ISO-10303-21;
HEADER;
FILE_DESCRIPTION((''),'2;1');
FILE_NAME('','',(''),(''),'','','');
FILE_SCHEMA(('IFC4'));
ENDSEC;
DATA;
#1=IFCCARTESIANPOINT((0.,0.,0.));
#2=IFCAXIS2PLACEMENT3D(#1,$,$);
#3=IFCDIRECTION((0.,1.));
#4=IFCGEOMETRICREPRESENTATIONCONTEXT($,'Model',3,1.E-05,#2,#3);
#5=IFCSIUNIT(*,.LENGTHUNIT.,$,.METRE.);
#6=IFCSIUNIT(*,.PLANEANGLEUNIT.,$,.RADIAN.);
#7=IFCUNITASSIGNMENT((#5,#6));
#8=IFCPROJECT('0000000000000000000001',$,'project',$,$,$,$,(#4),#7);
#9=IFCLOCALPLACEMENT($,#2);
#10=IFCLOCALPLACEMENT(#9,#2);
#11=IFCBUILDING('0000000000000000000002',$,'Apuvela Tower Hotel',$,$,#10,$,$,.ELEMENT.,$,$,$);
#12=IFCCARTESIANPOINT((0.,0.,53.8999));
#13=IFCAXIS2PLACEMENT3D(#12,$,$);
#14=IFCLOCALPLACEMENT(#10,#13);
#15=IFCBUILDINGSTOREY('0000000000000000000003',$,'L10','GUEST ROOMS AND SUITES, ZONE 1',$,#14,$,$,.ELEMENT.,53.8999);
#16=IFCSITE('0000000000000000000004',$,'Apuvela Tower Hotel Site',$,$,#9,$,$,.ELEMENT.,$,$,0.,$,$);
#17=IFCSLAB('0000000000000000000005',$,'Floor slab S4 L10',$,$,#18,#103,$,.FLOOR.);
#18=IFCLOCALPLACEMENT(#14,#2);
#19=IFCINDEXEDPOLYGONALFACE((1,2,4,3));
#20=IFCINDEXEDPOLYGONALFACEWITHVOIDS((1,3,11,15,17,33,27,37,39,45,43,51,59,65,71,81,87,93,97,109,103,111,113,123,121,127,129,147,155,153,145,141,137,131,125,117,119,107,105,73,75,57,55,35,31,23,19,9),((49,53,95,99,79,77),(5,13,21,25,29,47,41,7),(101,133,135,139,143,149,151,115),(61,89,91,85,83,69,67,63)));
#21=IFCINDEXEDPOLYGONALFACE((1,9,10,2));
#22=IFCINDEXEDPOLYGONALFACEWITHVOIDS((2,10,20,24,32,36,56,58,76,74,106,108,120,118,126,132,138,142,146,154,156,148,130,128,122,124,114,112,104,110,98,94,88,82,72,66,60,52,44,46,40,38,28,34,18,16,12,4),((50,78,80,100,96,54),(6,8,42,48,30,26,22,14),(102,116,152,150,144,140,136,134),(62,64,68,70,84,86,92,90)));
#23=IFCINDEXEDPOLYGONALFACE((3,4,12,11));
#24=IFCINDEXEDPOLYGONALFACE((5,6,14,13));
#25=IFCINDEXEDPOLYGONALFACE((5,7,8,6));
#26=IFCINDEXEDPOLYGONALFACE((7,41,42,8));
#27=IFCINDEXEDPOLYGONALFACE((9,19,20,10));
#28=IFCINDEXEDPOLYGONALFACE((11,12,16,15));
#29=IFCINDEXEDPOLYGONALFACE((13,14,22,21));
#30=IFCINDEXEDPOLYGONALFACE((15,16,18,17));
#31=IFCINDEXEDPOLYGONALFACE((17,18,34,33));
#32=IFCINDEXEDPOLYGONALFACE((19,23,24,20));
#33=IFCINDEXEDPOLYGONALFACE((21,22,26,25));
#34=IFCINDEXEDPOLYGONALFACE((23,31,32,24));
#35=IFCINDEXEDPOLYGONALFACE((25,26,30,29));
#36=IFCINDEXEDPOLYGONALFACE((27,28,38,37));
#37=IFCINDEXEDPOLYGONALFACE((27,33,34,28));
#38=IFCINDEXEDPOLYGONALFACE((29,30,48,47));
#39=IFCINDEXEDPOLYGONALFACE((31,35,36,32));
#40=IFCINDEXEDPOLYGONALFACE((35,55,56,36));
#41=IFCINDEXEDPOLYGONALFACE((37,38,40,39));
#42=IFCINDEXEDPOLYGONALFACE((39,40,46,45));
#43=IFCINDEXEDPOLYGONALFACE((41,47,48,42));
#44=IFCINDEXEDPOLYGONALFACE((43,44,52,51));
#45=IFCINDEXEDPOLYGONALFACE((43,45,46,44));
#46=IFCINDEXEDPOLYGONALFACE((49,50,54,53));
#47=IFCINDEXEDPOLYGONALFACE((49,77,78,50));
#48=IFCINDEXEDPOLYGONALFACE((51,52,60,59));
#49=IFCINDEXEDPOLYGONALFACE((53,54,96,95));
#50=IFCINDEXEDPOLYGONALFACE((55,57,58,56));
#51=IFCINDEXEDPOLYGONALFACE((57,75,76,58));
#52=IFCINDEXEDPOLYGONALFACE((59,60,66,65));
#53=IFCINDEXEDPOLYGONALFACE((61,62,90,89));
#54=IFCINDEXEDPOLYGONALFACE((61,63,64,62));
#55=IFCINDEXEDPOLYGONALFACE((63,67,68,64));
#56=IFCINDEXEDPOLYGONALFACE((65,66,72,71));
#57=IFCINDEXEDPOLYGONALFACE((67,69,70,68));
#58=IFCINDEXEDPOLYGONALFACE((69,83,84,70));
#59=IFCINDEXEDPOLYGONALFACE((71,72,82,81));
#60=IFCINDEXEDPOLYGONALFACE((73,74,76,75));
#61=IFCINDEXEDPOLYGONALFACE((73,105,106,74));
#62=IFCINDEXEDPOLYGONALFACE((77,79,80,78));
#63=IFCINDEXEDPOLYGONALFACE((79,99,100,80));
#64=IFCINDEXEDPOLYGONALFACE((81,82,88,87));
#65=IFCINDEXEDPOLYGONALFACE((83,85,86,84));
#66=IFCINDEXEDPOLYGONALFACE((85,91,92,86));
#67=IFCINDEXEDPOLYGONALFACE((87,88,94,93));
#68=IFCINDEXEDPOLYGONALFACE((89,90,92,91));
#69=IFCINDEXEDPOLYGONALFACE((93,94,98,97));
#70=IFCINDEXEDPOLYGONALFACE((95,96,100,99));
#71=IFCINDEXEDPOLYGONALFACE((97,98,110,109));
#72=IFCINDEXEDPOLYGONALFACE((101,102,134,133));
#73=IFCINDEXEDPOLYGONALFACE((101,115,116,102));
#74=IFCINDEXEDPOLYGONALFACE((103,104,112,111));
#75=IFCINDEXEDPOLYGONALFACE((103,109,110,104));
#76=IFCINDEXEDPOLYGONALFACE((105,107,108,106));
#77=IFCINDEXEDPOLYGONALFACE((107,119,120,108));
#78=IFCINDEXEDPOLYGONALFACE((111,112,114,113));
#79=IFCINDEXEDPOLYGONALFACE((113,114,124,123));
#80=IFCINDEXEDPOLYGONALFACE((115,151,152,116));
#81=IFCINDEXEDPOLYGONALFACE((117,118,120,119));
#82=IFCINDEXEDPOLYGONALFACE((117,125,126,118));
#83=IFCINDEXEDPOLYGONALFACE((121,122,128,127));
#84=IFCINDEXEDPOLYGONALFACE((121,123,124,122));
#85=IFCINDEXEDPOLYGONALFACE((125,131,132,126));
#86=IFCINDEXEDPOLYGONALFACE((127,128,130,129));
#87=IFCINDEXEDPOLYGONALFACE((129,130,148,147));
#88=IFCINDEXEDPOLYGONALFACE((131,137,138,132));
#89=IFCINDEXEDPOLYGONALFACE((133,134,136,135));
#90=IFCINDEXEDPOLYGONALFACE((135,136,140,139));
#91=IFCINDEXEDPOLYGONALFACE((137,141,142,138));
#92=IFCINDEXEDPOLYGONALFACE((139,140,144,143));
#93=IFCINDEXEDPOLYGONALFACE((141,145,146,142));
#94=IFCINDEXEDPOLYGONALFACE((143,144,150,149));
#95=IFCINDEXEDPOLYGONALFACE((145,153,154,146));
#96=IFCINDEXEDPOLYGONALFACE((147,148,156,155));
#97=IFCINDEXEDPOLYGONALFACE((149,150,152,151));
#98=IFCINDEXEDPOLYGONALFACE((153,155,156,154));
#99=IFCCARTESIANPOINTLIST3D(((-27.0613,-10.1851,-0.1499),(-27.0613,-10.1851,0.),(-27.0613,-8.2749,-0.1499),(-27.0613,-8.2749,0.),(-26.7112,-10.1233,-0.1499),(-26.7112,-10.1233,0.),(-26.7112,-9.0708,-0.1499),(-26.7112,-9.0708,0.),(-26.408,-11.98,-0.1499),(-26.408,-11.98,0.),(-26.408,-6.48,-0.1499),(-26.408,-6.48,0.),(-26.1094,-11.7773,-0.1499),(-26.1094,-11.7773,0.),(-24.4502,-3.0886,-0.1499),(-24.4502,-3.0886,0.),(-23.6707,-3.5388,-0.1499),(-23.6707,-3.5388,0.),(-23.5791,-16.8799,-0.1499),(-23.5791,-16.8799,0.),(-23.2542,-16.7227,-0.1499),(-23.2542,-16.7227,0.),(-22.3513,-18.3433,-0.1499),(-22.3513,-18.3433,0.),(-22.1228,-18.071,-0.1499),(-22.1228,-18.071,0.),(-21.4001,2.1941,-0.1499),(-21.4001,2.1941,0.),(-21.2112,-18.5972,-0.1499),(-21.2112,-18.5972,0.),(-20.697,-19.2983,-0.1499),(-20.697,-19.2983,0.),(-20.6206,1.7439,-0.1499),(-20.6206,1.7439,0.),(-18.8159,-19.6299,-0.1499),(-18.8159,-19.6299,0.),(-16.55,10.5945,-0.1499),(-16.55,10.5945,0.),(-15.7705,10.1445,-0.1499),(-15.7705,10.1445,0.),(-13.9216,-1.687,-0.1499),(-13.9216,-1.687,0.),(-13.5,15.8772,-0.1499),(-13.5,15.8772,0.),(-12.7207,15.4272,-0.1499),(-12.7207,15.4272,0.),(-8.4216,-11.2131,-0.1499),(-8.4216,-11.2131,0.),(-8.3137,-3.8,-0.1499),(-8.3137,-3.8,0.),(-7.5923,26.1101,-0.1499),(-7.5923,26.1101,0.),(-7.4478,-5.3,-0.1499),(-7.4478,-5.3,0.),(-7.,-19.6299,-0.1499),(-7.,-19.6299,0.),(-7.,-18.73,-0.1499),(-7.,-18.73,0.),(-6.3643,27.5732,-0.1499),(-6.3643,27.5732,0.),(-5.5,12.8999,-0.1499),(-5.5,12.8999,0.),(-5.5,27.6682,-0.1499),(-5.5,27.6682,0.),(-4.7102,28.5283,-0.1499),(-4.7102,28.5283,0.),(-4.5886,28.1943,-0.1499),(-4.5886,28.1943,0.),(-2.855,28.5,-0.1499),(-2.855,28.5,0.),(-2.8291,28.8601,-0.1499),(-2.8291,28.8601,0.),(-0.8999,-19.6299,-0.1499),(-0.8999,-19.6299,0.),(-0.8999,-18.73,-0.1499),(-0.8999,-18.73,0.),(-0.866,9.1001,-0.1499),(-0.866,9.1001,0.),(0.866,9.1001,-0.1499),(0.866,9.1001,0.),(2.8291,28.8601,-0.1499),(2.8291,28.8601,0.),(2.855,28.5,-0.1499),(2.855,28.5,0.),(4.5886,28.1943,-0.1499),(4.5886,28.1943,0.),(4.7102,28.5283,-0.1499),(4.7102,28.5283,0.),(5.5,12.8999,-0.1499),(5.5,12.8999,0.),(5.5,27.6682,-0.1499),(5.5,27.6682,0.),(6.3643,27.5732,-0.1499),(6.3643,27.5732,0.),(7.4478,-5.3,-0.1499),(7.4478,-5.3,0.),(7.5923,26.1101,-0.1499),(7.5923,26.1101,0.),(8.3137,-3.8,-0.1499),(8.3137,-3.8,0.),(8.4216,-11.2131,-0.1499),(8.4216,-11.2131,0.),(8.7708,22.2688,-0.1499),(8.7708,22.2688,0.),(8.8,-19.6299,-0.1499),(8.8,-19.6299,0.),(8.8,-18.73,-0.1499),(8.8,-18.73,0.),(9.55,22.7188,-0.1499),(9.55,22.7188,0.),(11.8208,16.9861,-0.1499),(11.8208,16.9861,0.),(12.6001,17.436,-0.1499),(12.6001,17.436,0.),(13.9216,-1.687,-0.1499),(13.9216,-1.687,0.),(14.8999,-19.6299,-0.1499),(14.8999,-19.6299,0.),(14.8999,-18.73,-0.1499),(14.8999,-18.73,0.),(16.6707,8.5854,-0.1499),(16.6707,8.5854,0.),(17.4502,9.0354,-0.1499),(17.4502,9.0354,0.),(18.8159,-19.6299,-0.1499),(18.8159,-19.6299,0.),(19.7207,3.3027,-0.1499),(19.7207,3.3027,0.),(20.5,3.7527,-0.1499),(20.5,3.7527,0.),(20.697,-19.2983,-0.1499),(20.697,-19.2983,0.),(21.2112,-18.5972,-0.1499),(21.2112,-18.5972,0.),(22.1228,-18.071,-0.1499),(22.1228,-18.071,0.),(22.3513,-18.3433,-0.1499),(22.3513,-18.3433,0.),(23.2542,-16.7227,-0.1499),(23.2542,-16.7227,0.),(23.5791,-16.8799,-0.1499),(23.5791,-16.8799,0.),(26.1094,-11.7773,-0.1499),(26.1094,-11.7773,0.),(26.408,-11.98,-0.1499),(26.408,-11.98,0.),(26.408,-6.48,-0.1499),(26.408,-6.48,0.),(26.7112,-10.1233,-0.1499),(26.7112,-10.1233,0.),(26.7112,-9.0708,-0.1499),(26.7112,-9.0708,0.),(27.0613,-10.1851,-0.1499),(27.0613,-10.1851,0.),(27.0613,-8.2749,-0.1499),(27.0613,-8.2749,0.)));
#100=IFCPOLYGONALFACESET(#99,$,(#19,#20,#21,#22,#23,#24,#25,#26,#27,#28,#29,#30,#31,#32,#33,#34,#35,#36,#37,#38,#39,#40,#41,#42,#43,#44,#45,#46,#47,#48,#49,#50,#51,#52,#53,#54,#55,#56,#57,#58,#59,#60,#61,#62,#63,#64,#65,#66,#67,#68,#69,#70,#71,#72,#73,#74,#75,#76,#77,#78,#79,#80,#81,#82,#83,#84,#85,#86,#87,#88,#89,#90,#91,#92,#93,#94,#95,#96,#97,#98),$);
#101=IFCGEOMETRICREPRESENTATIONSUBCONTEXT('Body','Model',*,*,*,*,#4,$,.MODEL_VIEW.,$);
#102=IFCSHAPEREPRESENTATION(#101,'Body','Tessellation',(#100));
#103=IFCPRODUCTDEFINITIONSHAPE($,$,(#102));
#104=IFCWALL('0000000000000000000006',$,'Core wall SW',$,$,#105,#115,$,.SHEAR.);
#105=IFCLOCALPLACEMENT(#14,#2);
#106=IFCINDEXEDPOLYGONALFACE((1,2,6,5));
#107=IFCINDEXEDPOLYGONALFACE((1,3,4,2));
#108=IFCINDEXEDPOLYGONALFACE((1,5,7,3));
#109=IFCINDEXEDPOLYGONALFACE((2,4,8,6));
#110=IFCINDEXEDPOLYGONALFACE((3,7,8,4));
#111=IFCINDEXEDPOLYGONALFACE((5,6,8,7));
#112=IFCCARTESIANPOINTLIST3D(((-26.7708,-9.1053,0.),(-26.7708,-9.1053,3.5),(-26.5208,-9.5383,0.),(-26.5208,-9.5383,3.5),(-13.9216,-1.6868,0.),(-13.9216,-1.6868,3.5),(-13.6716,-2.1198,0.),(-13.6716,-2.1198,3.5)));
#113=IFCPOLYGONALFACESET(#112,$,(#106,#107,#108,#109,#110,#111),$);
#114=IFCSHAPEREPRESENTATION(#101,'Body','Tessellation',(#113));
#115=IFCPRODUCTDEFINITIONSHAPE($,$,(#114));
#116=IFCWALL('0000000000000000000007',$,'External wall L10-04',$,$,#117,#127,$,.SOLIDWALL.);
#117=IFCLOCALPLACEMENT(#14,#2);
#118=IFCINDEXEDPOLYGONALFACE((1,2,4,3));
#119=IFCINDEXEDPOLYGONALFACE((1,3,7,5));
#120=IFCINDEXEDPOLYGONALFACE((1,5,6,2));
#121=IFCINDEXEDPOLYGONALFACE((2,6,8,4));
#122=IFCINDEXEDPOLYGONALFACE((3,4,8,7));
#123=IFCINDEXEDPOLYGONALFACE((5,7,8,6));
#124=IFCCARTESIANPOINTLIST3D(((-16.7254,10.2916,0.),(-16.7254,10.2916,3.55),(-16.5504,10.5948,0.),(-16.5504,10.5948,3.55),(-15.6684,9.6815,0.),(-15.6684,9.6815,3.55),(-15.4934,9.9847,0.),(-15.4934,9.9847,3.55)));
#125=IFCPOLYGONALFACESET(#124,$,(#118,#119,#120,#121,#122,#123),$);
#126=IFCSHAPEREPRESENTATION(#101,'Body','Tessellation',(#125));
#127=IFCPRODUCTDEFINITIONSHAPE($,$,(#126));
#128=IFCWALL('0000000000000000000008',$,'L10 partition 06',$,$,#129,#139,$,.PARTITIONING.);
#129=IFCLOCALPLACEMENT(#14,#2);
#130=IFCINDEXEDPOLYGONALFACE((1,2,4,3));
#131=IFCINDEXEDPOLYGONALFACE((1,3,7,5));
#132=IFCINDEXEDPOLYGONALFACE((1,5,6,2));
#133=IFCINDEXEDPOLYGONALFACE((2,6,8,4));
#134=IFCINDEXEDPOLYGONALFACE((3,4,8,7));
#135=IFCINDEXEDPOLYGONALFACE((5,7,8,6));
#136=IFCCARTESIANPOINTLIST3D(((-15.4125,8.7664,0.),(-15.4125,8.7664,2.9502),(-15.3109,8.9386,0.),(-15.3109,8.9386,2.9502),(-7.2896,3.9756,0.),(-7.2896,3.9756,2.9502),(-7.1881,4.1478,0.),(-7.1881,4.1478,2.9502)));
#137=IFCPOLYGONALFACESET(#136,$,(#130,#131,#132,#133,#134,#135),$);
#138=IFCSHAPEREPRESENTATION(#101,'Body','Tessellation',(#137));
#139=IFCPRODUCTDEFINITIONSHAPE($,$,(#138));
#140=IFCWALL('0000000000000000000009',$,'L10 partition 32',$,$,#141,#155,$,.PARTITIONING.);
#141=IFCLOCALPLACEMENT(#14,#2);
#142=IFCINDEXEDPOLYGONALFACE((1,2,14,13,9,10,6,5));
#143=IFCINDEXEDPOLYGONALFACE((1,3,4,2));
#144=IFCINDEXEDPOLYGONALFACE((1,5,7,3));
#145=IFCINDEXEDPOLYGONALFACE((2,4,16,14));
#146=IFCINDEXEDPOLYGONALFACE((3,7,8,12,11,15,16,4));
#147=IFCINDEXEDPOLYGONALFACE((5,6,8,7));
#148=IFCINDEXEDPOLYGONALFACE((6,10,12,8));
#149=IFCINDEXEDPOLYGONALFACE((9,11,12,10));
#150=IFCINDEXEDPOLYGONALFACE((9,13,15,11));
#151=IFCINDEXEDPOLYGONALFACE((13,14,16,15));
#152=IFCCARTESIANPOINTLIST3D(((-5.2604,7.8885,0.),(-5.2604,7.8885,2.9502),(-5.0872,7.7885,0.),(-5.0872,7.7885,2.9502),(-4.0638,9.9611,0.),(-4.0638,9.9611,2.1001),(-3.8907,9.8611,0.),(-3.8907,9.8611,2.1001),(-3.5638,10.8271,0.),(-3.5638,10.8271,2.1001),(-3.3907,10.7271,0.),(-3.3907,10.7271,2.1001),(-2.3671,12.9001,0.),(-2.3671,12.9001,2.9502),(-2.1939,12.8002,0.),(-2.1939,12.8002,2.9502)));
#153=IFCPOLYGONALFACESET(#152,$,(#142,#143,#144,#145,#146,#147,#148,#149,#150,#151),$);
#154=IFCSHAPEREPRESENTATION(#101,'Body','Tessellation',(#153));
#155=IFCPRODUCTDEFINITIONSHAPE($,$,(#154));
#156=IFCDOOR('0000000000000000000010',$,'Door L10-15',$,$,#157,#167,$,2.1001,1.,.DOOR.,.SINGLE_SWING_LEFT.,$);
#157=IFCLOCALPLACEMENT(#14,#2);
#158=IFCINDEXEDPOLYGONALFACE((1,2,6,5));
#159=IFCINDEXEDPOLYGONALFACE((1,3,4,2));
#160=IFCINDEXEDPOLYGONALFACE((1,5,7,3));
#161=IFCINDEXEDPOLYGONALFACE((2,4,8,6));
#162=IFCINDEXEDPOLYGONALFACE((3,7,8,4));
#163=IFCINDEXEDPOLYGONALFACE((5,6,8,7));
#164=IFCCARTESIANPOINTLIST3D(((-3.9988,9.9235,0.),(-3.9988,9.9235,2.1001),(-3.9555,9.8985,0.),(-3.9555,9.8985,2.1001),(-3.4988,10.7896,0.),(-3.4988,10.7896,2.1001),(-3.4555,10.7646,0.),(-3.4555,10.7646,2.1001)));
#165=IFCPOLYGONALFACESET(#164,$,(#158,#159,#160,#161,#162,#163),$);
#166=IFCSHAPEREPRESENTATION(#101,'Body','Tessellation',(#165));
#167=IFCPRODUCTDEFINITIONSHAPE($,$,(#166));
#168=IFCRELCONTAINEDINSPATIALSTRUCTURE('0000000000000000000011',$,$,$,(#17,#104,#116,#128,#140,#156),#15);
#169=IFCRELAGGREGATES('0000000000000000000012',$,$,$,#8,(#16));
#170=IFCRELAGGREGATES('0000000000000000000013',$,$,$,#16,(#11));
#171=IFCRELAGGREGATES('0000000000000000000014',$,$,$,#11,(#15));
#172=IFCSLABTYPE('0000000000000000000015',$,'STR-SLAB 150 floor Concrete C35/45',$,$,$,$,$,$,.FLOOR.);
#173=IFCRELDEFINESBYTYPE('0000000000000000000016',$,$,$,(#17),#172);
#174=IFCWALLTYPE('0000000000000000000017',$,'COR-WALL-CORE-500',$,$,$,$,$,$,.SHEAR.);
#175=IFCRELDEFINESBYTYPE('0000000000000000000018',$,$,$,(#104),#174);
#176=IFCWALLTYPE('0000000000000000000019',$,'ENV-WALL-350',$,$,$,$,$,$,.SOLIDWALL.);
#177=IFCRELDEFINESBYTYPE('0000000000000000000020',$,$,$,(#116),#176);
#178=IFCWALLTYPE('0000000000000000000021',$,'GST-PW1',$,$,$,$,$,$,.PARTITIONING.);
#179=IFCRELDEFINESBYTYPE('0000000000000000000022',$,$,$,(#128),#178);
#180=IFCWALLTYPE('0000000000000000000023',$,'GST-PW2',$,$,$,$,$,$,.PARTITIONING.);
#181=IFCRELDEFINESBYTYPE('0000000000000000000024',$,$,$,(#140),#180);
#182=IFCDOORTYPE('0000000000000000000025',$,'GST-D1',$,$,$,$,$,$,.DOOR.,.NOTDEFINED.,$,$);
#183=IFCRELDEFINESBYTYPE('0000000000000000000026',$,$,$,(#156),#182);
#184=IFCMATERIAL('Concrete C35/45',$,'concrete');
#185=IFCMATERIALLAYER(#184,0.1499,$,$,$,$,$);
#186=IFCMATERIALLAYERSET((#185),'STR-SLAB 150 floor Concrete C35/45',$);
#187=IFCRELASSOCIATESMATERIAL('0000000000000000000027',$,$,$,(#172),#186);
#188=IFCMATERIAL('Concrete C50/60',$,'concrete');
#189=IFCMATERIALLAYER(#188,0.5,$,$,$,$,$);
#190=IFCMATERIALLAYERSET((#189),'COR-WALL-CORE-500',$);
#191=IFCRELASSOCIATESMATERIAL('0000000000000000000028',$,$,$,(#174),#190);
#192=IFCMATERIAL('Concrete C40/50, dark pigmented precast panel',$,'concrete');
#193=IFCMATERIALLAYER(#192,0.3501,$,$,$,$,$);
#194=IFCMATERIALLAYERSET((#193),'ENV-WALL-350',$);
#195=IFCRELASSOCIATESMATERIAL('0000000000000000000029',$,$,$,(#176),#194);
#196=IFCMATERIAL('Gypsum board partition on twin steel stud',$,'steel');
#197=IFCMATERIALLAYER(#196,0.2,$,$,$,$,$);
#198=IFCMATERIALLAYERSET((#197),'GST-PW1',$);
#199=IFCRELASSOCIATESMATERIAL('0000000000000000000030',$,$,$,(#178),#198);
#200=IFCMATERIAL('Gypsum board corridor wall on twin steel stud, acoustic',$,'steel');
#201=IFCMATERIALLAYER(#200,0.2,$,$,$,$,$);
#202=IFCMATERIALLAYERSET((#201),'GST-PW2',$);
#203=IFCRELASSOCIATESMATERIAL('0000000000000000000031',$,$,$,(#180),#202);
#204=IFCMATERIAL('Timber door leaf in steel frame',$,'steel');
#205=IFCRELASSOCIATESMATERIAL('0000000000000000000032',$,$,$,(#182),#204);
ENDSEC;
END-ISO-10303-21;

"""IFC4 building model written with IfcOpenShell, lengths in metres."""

from ifc_helpers import new_model, si_unit, direction, frame, frame_2d, origin, place, context, subcontext, project, spatial, polyline, rectangle, outline, extrude, material, layer, layer_set, type_object, element, fill, save


model = new_model("IFC4")

# Units and contexts
model_context = context("Model", 3, precision=1e-05, world=origin(), true_north=direction((0.0, 1.0)))
body_context = subcontext(model_context, "Body", "Model", "MODEL_VIEW")
ifc_project = project(units=[si_unit("LENGTHUNIT", "METRE"), si_unit("PLANEANGLEUNIT", "RADIAN")], contexts=[model_context])

# Site, building, storey
site_placement = place(None, origin())
site = spatial("IfcSite", under=ifc_project, at=site_placement, Name="Apuvela Tower Hotel Site", CompositionType="ELEMENT", RefElevation=0.0)
building_placement = place(site_placement, origin())
building = spatial("IfcBuilding", under=site, at=building_placement, Name="Apuvela Tower Hotel", CompositionType="ELEMENT")
storey_placement = place(building_placement, frame((0.0, 0.0, 53.8999)))
storey = spatial("IfcBuildingStorey", under=building, at=storey_placement, Name="L10", Description="GUEST ROOMS AND SUITES, ZONE 1", CompositionType="ELEMENT", Elevation=53.8999)

# Slab
ifc_material_1 = material(Name="Concrete C35/45", Category="concrete")
ifc_layer_1 = layer(ifc_material_1, 0.1499)
ifc_layer_set_1 = layer_set([ifc_layer_1], Name="STR-SLAB 150 floor Concrete C35/45")
slab_type_1 = type_object("IfcSlabType", Name="STR-SLAB 150 floor Concrete C35/45", PredefinedType="FLOOR", material=ifc_layer_set_1)
slab_1_placement = place(storey_placement, frame((0.0, 0.0, -0.1499)))
element("IfcSlab", 1, at=slab_1_placement, inside=storey, type_object=slab_type_1, Name="Floor slab S4 L10", PredefinedType="FLOOR", context=body_context, shape_type="SweptSolid", body=[
    extrude(outline(polyline([(-6.3643, 27.5732), (-4.7102, 28.5283), (-2.8291, 28.8601), (2.8291, 28.8601), (4.7102, 28.5283), (6.3643, 27.5732), (7.5923, 26.1101), (9.55, 22.7188), (8.7708, 22.2688), (11.8208, 16.9861), (12.6001, 17.436), (17.4502, 9.0354), (16.6707, 8.5854), (19.7207, 3.3027), (20.5, 3.7527), (26.408, -6.48), (27.0613, -8.2749), (27.0613, -10.1851), (26.408, -11.98), (23.5791, -16.8799), (22.3513, -18.3433), (20.697, -19.2983), (18.8159, -19.6299), (14.8999, -19.6299), (14.8999, -18.73), (8.8, -18.73), (8.8, -19.6299), (-0.8999, -19.6299), (-0.8999, -18.73), (-7.0, -18.73), (-7.0, -19.6299), (-18.8159, -19.6299), (-20.697, -19.2983), (-22.3513, -18.3433), (-23.5791, -16.8799), (-26.408, -11.98), (-27.0613, -10.1851), (-27.0613, -8.2749), (-26.408, -6.48), (-24.4502, -3.0886), (-23.6707, -3.5388), (-20.6206, 1.7439), (-21.4001, 2.1941), (-16.55, 10.5945), (-15.7705, 10.1445), (-12.7207, 15.4272), (-13.5, 15.8772), (-7.5923, 26.1101), (-6.3643, 27.5732)]), holes=[polyline([(0.866, 9.1001), (-0.866, 9.1001), (-8.3137, -3.8), (-7.4478, -5.3), (7.4478, -5.3), (8.3137, -3.8), (0.866, 9.1001)]), polyline([(-5.5, 12.8999), (-5.5, 27.6682), (-4.5886, 28.1943), (-2.855, 28.5), (2.855, 28.5), (4.5886, 28.1943), (5.5, 27.6682), (5.5, 12.8999), (-5.5, 12.8999)]), polyline([(-8.4216, -11.2131), (-21.2112, -18.5972), (-22.1228, -18.071), (-23.2542, -16.7227), (-26.1094, -11.7773), (-26.7112, -10.1233), (-26.7112, -9.0708), (-13.9216, -1.687), (-8.4216, -11.2131)]), polyline([(13.9216, -1.687), (26.7112, -9.0708), (26.7112, -10.1233), (26.1094, -11.7773), (23.2542, -16.7227), (22.1228, -18.071), (21.2112, -18.5972), (8.4216, -11.2131), (13.9216, -1.687)])]), origin(), (0.0, 0.0, 1.0), 0.1499),
])

# Walls
ifc_material_2 = material(Name="Concrete C50/60", Category="concrete")
ifc_layer_2 = layer(ifc_material_2, 0.5)
ifc_layer_set_2 = layer_set([ifc_layer_2], Name="COR-WALL-CORE-500")
wall_type_1 = type_object("IfcWallType", Name="COR-WALL-CORE-500", PredefinedType="SHEAR", material=ifc_layer_set_2)
wall_1_placement = place(storey_placement, frame((-13.7966, -1.9033, 0.0), z_axis=(0.0, 0.0, 1.0), x_axis=(-0.866025, -0.500001, 0.0)))
element("IfcWall", 2, at=wall_1_placement, inside=storey, type_object=wall_type_1, Name="Core wall SW", PredefinedType="SHEAR", context=body_context, shape_type="SweptSolid", body=[
    extrude(rectangle(XDim=14.8369, YDim=0.5, at=frame_2d((7.4185, 0.0))), origin(), (0.0, 0.0, 1.0), 3.5),
])
ifc_material_3 = material(Name="Concrete C40/50, dark pigmented precast panel", Category="concrete")
ifc_layer_3 = layer(ifc_material_3, 0.3501)
ifc_layer_set_3 = layer_set([ifc_layer_3], Name="ENV-WALL-350")
wall_type_2 = type_object("IfcWallType", Name="ENV-WALL-350", PredefinedType="SOLIDWALL", material=ifc_layer_set_3)
wall_2_placement = place(storey_placement, frame((-15.5808, 9.833, 0.0), z_axis=(0.0, 0.0, 1.0), x_axis=(-0.866056, 0.499948, 0.0)))
element("IfcWall", 3, at=wall_2_placement, inside=storey, type_object=wall_type_2, Name="External wall L10-04", PredefinedType="SOLIDWALL", context=body_context, shape_type="SweptSolid", body=[
    extrude(rectangle(XDim=1.2205, YDim=0.3501, at=frame_2d((0.6104, 0.0))), origin(), (0.0, 0.0, 1.0), 3.55),
])
ifc_material_4 = material(Name="Gypsum board partition on twin steel stud", Category="steel")
ifc_layer_4 = layer(ifc_material_4, 0.2)
ifc_layer_set_4 = layer_set([ifc_layer_4], Name="GST-PW1")
wall_type_3 = type_object("IfcWallType", Name="GST-PW1", PredefinedType="PARTITIONING", material=ifc_layer_set_4)
wall_3_placement = place(storey_placement, frame((-15.3618, 8.8525, 0.0), z_axis=(0.0, 0.0, 1.0), x_axis=(0.861347, -0.508017, 0.0)))
element("IfcWall", 4, at=wall_3_placement, inside=storey, type_object=wall_type_3, Name="L10 partition 06", PredefinedType="PARTITIONING", context=body_context, shape_type="SweptSolid", body=[
    extrude(rectangle(XDim=9.4304, YDim=0.2, at=frame_2d((4.7153, 0.0))), origin(), (0.0, 0.0, 1.0), 2.9502),
])

# Wall, opening, door
ifc_material_5 = material(Name="Gypsum board corridor wall on twin steel stud, acoustic", Category="steel")
ifc_layer_5 = layer(ifc_material_5, 0.2)
ifc_layer_set_5 = layer_set([ifc_layer_5], Name="GST-PW2")
wall_type_4 = type_object("IfcWallType", Name="GST-PW2", PredefinedType="PARTITIONING", material=ifc_layer_set_5)
wall_4_placement = place(storey_placement, frame((-5.1738, 7.8384, 0.0), z_axis=(0.0, 0.0, 1.0), x_axis=(0.499973, 0.866041, 0.0)))
wall_4 = element("IfcWall", 5, at=wall_4_placement, inside=storey, type_object=wall_type_4, Name="L10 partition 32", PredefinedType="PARTITIONING", context=body_context, shape_type="SweptSolid", body=[
    extrude(rectangle(XDim=5.7869, YDim=0.2, at=frame_2d((2.8936, 0.0))), origin(), (0.0, 0.0, 1.0), 2.9502),
])
opening_1_placement = place(wall_4_placement, frame((2.3933, 0.0, 0.0)))
opening_1 = element("IfcOpeningElement", 6, at=opening_1_placement, cuts=wall_4, PredefinedType="OPENING", context=body_context, shape_type="SweptSolid", body=[
    extrude(rectangle(XDim=1.0, YDim=2.1001, at=frame_2d((0.5, 1.05))), frame((0.0, 0.1099, 0.0), z_axis=(0.0, -1.0, 0.0), x_axis=(1.0, 0.0, 0.0)), (0.0, 0.0, 1.0), 0.22),
])
ifc_material_6 = material(Name="Timber door leaf in steel frame", Category="steel")
door_type_1 = type_object("IfcDoorType", Name="GST-D1", OperationType="NOTDEFINED", PredefinedType="DOOR", material=ifc_material_6)
door_1_placement = place(opening_1_placement, origin())
door_1 = element("IfcDoor", 7, at=door_1_placement, inside=storey, type_object=door_type_1, Name="Door L10-15", OperationType="SINGLE_SWING_LEFT", OverallHeight=2.1001, OverallWidth=1.0, PredefinedType="DOOR", context=body_context, shape_type="SweptSolid", body=[
    extrude(rectangle(XDim=1.0, YDim=2.1001, at=frame_2d((0.5, 1.05))), frame((0.0, 0.0249, 0.0), z_axis=(0.0, -1.0, 0.0), x_axis=(1.0, 0.0, 0.0)), (0.0, 0.0, 1.0), 0.05),
])
fill(opening_1, door_1)

save(model, "model.ifc")
